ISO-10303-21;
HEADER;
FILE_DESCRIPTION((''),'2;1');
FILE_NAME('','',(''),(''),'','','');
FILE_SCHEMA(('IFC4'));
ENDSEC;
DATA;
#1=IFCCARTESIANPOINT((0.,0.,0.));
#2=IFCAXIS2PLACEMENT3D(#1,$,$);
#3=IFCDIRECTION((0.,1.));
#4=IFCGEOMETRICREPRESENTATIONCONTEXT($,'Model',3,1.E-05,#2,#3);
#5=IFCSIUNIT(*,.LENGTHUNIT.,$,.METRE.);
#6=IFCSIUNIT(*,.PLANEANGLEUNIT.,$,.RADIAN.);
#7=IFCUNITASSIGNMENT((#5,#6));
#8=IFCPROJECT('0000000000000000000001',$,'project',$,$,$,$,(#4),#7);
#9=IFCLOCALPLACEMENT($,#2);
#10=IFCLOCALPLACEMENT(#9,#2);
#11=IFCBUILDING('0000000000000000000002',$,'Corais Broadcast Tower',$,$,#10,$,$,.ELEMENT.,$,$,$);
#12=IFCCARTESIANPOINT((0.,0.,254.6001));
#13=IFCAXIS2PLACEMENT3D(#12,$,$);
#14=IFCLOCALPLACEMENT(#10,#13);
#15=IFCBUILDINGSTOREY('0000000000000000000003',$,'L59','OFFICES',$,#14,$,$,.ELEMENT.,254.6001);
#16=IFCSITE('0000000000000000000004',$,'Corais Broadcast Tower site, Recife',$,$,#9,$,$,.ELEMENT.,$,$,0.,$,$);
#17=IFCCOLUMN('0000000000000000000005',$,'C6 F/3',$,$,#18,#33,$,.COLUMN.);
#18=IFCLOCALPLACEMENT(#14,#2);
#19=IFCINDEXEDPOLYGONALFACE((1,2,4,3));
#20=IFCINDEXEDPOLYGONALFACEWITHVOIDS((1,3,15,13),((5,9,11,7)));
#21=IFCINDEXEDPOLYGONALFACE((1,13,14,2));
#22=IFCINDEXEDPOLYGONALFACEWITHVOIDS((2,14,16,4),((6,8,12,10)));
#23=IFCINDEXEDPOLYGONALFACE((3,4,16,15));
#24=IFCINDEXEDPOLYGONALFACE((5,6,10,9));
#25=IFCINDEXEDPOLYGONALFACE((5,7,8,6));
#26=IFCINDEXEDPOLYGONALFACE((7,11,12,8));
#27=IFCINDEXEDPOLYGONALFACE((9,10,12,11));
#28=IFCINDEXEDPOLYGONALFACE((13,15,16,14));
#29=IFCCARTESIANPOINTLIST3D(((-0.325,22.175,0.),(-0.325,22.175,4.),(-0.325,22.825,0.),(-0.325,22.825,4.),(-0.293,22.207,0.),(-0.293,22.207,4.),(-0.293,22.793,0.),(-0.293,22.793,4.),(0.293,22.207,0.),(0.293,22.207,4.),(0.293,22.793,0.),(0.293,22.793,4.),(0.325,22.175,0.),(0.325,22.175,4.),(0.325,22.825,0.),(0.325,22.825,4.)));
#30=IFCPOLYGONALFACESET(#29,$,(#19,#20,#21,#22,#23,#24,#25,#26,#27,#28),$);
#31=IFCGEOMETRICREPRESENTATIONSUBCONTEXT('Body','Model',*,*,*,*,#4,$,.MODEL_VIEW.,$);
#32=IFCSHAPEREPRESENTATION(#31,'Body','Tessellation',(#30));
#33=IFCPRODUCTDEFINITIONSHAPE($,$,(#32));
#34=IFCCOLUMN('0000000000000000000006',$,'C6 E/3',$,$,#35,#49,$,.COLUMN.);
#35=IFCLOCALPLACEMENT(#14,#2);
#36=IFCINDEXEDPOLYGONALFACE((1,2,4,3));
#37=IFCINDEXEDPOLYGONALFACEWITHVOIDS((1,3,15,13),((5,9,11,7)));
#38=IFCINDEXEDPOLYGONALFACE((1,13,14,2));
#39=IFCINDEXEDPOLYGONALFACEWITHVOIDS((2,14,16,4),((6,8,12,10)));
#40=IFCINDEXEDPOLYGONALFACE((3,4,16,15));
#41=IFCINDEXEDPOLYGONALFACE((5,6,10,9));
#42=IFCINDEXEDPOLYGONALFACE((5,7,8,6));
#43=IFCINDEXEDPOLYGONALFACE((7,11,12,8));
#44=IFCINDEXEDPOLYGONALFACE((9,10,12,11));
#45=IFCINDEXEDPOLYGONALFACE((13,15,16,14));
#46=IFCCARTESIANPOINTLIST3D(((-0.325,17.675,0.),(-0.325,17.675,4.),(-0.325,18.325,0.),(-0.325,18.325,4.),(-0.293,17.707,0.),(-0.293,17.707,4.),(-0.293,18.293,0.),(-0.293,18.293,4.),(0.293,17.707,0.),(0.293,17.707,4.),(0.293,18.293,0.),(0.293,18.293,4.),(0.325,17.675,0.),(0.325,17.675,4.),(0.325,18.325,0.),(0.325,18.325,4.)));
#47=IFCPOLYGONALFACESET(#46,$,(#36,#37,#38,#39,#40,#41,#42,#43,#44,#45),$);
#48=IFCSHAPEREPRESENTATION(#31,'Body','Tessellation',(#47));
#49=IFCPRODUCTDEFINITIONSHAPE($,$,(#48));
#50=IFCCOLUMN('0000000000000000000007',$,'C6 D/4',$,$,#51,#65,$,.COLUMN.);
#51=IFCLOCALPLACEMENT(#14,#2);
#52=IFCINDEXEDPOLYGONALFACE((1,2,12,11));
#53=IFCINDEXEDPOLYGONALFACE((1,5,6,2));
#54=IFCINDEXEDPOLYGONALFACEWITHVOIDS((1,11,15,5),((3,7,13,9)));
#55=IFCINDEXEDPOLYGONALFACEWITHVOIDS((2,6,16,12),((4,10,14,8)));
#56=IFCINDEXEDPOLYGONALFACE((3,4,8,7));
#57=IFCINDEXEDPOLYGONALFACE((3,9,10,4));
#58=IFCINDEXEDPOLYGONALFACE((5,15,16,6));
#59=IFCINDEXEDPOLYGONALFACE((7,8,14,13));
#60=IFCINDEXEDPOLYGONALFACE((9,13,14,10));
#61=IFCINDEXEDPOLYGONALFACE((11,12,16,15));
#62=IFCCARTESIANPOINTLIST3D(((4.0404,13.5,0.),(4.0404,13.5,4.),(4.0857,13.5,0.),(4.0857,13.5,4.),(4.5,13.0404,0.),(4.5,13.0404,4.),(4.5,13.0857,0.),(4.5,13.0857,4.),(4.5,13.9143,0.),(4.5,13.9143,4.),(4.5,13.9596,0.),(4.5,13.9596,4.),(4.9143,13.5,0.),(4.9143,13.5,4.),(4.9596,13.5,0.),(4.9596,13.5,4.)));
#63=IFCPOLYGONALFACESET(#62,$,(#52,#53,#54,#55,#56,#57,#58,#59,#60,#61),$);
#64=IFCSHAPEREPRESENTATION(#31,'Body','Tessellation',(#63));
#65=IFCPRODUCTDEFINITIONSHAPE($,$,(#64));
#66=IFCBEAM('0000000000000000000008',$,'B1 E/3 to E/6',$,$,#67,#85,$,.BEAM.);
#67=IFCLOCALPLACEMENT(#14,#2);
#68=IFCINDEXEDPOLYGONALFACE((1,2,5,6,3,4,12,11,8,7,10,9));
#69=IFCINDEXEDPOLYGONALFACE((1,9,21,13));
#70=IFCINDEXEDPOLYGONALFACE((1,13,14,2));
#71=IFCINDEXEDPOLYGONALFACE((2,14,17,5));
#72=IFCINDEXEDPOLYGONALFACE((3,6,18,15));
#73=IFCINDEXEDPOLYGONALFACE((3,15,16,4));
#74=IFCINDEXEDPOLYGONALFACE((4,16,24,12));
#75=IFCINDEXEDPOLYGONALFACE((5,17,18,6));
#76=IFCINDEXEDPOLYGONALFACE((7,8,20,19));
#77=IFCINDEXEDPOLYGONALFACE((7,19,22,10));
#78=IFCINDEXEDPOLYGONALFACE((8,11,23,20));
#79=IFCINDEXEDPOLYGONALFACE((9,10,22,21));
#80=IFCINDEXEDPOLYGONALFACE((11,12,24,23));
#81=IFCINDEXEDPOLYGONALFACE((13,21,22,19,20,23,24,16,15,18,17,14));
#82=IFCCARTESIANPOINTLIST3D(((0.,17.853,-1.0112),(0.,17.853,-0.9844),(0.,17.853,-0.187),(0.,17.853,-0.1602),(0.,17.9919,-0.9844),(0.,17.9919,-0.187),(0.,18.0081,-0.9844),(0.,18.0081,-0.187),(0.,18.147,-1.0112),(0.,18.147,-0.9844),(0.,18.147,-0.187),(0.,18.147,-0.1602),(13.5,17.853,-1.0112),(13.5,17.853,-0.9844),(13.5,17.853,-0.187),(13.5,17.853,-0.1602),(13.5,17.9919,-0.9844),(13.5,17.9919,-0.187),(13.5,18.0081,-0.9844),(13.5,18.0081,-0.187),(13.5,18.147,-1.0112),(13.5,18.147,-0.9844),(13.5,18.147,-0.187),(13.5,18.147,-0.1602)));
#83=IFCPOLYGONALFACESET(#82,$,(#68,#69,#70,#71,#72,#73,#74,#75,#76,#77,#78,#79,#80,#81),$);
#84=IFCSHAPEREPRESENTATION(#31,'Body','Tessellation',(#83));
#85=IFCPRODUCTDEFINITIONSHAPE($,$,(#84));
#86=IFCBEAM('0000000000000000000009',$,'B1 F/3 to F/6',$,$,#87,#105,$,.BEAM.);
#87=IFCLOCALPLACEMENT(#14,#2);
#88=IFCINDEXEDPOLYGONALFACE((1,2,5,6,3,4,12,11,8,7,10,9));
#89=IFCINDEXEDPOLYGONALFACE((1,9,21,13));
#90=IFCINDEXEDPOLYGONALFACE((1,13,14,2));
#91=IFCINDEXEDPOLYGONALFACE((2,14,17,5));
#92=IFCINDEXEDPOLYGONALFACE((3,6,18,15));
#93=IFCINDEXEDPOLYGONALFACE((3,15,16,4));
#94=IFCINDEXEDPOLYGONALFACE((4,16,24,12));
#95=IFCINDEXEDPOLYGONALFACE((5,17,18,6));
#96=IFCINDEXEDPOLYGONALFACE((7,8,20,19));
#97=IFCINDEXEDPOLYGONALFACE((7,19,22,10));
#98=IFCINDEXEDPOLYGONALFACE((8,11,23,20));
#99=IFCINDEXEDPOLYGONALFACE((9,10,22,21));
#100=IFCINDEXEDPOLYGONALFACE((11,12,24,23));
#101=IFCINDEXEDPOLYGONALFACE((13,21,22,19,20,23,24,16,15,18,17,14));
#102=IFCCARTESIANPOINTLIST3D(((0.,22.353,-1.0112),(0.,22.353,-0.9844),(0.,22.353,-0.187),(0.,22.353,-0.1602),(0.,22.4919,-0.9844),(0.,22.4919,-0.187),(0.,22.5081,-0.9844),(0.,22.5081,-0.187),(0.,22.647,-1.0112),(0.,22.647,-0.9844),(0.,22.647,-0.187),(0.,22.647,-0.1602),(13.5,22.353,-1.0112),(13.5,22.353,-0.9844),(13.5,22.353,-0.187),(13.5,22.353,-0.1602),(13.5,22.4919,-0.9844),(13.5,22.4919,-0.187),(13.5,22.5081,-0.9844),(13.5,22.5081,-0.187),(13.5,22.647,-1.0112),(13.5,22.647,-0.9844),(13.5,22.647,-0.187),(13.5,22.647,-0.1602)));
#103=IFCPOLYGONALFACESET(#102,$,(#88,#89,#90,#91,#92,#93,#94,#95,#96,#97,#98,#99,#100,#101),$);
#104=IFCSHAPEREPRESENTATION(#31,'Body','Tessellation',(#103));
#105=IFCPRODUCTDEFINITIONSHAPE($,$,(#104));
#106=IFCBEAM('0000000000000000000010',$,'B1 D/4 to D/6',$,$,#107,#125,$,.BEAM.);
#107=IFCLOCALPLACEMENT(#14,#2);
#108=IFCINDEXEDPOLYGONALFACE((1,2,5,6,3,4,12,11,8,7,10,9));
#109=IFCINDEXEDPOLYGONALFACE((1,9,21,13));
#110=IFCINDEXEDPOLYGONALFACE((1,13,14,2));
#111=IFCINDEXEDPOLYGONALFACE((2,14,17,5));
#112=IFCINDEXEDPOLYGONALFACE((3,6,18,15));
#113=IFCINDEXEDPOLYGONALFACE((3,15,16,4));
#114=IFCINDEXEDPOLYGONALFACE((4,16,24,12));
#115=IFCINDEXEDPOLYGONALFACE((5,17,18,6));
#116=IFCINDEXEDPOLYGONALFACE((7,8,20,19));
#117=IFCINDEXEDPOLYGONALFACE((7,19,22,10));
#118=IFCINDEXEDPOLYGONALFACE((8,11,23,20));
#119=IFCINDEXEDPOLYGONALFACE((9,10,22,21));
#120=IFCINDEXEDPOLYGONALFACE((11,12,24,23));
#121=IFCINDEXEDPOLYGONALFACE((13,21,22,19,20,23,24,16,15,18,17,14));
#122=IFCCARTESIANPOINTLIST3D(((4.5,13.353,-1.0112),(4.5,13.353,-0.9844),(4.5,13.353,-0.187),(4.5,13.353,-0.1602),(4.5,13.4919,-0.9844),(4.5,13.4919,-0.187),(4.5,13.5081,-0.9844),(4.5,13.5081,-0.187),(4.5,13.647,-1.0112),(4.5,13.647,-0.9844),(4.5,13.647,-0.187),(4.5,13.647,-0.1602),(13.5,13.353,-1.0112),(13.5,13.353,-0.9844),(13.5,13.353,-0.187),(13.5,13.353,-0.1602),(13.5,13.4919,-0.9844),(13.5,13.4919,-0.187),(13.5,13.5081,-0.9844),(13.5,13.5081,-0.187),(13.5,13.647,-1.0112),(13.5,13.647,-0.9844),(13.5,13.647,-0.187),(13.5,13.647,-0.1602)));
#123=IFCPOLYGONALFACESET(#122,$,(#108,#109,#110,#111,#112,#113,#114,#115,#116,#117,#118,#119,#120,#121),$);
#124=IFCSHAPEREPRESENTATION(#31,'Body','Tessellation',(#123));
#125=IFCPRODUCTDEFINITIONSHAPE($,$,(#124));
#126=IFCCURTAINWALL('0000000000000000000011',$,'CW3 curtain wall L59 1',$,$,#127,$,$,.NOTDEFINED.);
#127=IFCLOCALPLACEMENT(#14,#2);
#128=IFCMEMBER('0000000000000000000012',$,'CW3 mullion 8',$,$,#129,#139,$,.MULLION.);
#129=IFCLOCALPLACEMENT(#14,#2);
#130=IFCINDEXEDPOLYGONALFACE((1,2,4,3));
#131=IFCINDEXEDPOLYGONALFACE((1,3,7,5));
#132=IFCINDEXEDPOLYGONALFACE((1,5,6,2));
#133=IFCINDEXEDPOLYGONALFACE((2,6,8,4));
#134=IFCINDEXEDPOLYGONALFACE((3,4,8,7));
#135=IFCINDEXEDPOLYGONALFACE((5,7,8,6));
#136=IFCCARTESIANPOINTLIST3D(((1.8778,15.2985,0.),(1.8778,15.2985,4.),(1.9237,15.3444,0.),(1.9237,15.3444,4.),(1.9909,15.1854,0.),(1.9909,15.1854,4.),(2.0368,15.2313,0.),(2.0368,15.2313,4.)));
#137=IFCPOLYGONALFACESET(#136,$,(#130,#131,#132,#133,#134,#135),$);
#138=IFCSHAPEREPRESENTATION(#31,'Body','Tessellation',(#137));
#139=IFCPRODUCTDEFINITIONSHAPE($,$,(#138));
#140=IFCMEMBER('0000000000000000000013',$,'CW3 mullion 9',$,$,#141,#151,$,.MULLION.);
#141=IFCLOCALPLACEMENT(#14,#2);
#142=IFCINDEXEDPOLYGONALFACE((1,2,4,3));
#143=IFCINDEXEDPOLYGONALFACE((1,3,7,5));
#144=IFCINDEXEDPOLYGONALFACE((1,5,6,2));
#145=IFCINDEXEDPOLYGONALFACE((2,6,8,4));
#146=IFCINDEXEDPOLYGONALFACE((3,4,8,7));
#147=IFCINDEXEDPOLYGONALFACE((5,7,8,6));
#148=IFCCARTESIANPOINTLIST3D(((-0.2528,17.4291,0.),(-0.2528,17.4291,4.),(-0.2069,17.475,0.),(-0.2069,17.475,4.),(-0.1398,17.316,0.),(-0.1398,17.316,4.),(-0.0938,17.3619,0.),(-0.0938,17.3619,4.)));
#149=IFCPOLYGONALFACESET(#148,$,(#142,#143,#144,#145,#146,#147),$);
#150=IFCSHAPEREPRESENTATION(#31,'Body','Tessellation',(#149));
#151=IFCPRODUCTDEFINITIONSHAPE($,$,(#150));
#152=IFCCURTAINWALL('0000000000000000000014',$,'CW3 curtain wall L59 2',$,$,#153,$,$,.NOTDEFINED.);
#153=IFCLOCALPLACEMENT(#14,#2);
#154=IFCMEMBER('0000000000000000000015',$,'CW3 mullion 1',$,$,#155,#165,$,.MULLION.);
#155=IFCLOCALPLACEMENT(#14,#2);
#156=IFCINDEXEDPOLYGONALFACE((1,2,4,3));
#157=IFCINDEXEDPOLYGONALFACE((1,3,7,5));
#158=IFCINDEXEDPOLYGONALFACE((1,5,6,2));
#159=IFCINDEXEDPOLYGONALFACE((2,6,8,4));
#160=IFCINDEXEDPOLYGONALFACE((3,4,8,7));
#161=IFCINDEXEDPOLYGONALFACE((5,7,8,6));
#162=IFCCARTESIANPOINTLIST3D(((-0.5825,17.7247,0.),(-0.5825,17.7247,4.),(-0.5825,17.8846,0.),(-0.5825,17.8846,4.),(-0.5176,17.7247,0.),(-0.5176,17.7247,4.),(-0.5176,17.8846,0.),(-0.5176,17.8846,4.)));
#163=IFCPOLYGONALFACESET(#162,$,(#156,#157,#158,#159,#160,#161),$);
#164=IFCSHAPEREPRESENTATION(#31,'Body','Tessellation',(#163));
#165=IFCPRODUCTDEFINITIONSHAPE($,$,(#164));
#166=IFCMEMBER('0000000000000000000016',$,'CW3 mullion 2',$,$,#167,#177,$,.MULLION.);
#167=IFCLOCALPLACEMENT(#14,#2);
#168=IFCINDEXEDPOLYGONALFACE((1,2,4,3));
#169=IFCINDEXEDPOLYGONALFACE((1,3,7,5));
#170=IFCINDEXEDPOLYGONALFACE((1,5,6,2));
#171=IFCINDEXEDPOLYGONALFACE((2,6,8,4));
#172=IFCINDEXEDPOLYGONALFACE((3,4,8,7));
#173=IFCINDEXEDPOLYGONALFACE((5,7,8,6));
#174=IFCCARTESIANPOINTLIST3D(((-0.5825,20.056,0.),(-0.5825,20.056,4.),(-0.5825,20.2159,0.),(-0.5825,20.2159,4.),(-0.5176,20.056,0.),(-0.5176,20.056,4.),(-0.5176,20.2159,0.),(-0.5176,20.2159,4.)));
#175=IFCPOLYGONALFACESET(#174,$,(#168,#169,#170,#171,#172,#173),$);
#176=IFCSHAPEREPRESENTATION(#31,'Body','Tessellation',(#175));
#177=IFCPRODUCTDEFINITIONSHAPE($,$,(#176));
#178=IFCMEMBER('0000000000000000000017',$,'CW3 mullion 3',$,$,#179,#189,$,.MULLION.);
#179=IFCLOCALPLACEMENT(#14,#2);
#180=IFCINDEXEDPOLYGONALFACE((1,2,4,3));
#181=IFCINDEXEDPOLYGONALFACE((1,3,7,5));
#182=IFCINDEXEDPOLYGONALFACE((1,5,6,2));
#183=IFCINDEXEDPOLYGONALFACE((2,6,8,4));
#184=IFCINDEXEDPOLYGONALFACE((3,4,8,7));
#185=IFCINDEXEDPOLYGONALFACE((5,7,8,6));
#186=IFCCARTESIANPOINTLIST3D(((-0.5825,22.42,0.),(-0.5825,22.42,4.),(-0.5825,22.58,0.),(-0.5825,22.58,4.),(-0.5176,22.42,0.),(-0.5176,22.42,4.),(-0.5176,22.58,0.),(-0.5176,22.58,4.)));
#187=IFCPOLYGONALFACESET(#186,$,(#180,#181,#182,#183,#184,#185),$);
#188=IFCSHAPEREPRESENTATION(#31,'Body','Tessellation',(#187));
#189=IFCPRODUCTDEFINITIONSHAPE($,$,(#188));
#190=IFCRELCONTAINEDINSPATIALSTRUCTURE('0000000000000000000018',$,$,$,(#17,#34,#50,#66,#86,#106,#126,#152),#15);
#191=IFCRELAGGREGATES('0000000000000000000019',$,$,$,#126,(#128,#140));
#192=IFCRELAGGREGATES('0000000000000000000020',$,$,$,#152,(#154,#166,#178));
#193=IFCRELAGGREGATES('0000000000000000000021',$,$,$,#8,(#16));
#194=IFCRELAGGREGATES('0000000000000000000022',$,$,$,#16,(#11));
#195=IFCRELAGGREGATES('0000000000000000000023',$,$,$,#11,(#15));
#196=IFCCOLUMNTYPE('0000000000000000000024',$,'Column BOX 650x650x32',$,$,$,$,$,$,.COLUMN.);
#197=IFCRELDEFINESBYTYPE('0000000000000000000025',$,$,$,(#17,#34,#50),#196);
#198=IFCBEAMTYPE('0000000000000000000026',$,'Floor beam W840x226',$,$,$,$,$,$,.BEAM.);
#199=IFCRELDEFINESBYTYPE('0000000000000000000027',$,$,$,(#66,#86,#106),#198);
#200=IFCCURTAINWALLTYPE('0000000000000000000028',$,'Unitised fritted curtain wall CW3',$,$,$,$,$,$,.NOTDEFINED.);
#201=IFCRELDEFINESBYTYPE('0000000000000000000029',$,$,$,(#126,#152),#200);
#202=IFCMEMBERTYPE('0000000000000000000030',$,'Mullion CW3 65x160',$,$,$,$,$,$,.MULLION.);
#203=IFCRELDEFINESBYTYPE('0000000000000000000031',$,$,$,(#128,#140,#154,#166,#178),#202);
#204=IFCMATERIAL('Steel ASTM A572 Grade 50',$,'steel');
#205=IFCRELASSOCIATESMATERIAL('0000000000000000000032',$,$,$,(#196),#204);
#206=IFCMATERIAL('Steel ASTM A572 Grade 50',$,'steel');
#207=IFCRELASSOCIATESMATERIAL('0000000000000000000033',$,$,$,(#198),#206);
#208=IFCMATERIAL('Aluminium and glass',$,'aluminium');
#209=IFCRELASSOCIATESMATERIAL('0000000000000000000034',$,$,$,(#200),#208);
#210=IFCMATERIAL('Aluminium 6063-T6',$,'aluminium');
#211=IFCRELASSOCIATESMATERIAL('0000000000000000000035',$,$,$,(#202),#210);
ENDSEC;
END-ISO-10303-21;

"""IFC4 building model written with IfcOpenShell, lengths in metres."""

from ifc_helpers import new_model, si_unit, direction, frame, origin, origin_2d, place, context, subcontext, project, spatial, rectangle, hollow_rectangle, i_section, extrude, material, material_profile, profile_set, type_object, element, aggregate, save


model = new_model("IFC4")

# Units and contexts
model_context = context("Model", 3, precision=1e-05, world=origin(), true_north=direction((0.0, 1.0)))
body_context = subcontext(model_context, "Body", "Model", "MODEL_VIEW")
ifc_project = project(units=[si_unit("LENGTHUNIT", "METRE"), si_unit("PLANEANGLEUNIT", "RADIAN")], contexts=[model_context])

# Site, building, storey
site_placement = place(None, origin())
site = spatial("IfcSite", under=ifc_project, at=site_placement, Name="Corais Broadcast Tower site, Recife", CompositionType="ELEMENT", RefElevation=0.0)
building_placement = place(site_placement, origin())
building = spatial("IfcBuilding", under=site, at=building_placement, Name="Corais Broadcast Tower", CompositionType="ELEMENT")
storey_placement = place(building_placement, frame((0.0, 0.0, 254.6001)))
storey = spatial("IfcBuildingStorey", under=building, at=storey_placement, Name="L59", Description="OFFICES", CompositionType="ELEMENT", Elevation=254.6001)

# Columns
ifc_material_1 = material(Name="Steel ASTM A572 Grade 50", Category="steel")
ifc_material_profile_1 = material_profile(ifc_material_1, hollow_rectangle(XDim=0.6499, YDim=0.6499, WallThickness=0.032, at=origin_2d()), Name="BOX 650x650x32")
ifc_profile_set_1 = profile_set([ifc_material_profile_1], Name="Steel ASTM A572 Grade 50")
column_type = type_object("IfcColumnType", Name="Column BOX 650x650x32", PredefinedType="COLUMN", material=ifc_profile_set_1)
for number, where, z_axis, x_axis, name in (
    (1, (0.0, 22.5, 0.0), (0.0, 0.0, 1.0), (1.0, 0.0, 0.0), "C6 F/3"),
    (2, (0.0, 18.0, 0.0), (0.0, 0.0, 1.0), (1.0, 0.0, 0.0), "C6 E/3"),
    (3, (4.5, 13.5, 0.0), (0.0, 0.0, 1.0), (0.707107, 0.707107, 0.0), "C6 D/4"),
):
    element("IfcColumn", number, at=place(storey_placement, frame(where, z_axis=z_axis, x_axis=x_axis)), inside=storey, type_object=column_type, Name=name, PredefinedType="COLUMN", context=body_context, shape_type="SweptSolid", body=[
        extrude(hollow_rectangle(XDim=0.6499, YDim=0.6499, WallThickness=0.032, at=origin_2d()), origin(), (0.0, 0.0, 1.0), 4.0),
    ])

# Beams
ifc_material_2 = material(Name="Steel ASTM A572 Grade 50", Category="steel")
ifc_material_profile_2 = material_profile(ifc_material_2, i_section(OverallWidth=0.2939, OverallDepth=0.8511, WebThickness=0.0161, FlangeThickness=0.0269, at=origin_2d()), Name="W840x226")
ifc_profile_set_2 = profile_set([ifc_material_profile_2], Name="Steel ASTM A572 Grade 50")
beam_type_1 = type_object("IfcBeamType", Name="Floor beam W840x226", PredefinedType="BEAM", material=ifc_profile_set_2)
for number, where, z_axis, x_axis, name in (
    (4, (0.0, 18.0, -0.5857), (1.0, 0.0, 0.0), (0.0, 1.0, 0.0), "B1 E/3 to E/6"),
    (5, (0.0, 22.5, -0.5857), (1.0, 0.0, 0.0), (0.0, 1.0, 0.0), "B1 F/3 to F/6"),
):
    element("IfcBeam", number, at=place(storey_placement, frame(where, z_axis=z_axis, x_axis=x_axis)), inside=storey, type_object=beam_type_1, Name=name, PredefinedType="BEAM", context=body_context, shape_type="SweptSolid", body=[
        extrude(i_section(OverallWidth=0.2939, OverallDepth=0.8511, WebThickness=0.0161, FlangeThickness=0.0269, at=origin_2d()), origin(), (0.0, 0.0, 1.0), 13.5),
    ])
beam_1_placement = place(storey_placement, frame((4.5, 13.5, -0.5857), z_axis=(1.0, 0.0, 0.0), x_axis=(0.0, 1.0, 0.0)))
element("IfcBeam", 6, at=beam_1_placement, inside=storey, type_object=beam_type_1, Name="B1 D/4 to D/6", PredefinedType="BEAM", context=body_context, shape_type="SweptSolid", body=[
    extrude(i_section(OverallWidth=0.2939, OverallDepth=0.8511, WebThickness=0.0161, FlangeThickness=0.0269, at=origin_2d()), origin(), (0.0, 0.0, 1.0), 9.0),
])

# Curtain walls, members
ifc_material_3 = material(Name="Aluminium and glass", Category="aluminium")
curtain_wall_type = type_object("IfcCurtainWallType", Name="Unitised fritted curtain wall CW3", PredefinedType="NOTDEFINED", material=ifc_material_3)
curtain_wall_1_placement = place(storey_placement, origin())
curtain_wall_1 = element("IfcCurtainWall", 7, at=curtain_wall_1_placement, inside=storey, type_object=curtain_wall_type, Name="CW3 curtain wall L59 1", PredefinedType="NOTDEFINED")
ifc_material_4 = material(Name="Aluminium 6063-T6", Category="aluminium")
ifc_material_profile_3 = material_profile(ifc_material_4, rectangle(XDim=0.0649, YDim=0.1599, at=origin_2d()), Name="Mullion CW3 65x160")
ifc_profile_set_3 = profile_set([ifc_material_profile_3], Name="Aluminium 6063-T6")
member_type_1 = type_object("IfcMemberType", Name="Mullion CW3 65x160", PredefinedType="MULLION", material=ifc_profile_set_3)
member_1_placement = place(storey_placement, frame((1.9573, 15.2649, 0.0), z_axis=(0.0, 0.0, 1.0), x_axis=(-0.707107, -0.707107, 0.0)))
member_1 = element("IfcMember", 8, at=member_1_placement, type_object=member_type_1, Name="CW3 mullion 8", PredefinedType="MULLION", context=body_context, shape_type="SweptSolid", body=[
    extrude(rectangle(XDim=0.0649, YDim=0.1599, at=origin_2d()), origin(), (0.0, 0.0, 1.0), 4.0),
])
member_2_placement = place(storey_placement, frame((-0.1733, 17.3955, 0.0), z_axis=(0.0, 0.0, 1.0), x_axis=(-0.707107, -0.707107, 0.0)))
member_2 = element("IfcMember", 9, at=member_2_placement, type_object=member_type_1, Name="CW3 mullion 9", PredefinedType="MULLION", context=body_context, shape_type="SweptSolid", body=[
    extrude(rectangle(XDim=0.0649, YDim=0.1599, at=origin_2d()), origin(), (0.0, 0.0, 1.0), 4.0),
])
curtain_wall_2_placement = place(storey_placement, origin())
curtain_wall_2 = element("IfcCurtainWall", 10, at=curtain_wall_2_placement, inside=storey, type_object=curtain_wall_type, Name="CW3 curtain wall L59 2", PredefinedType="NOTDEFINED")
member_3_placement = place(storey_placement, frame((-0.55, 17.8047, 0.0), z_axis=(0.0, 0.0, 1.0), x_axis=(-1.0, 0.0, 0.0)))
member_3 = element("IfcMember", 11, at=member_3_placement, type_object=member_type_1, Name="CW3 mullion 1", PredefinedType="MULLION", context=body_context, shape_type="SweptSolid", body=[
    extrude(rectangle(XDim=0.0649, YDim=0.1599, at=origin_2d()), origin(), (0.0, 0.0, 1.0), 4.0),
])
member_4_placement = place(storey_placement, frame((-0.55, 20.136, 0.0), z_axis=(0.0, 0.0, 1.0), x_axis=(-1.0, 0.0, 0.0)))
member_4 = element("IfcMember", 12, at=member_4_placement, type_object=member_type_1, Name="CW3 mullion 2", PredefinedType="MULLION", context=body_context, shape_type="SweptSolid", body=[
    extrude(rectangle(XDim=0.0649, YDim=0.1599, at=origin_2d()), origin(), (0.0, 0.0, 1.0), 4.0),
])
member_5_placement = place(storey_placement, frame((-0.55, 22.5, 0.0), z_axis=(0.0, 0.0, 1.0), x_axis=(-1.0, 0.0, 0.0)))
member_5 = element("IfcMember", 13, at=member_5_placement, type_object=member_type_1, Name="CW3 mullion 3", PredefinedType="MULLION", context=body_context, shape_type="SweptSolid", body=[
    extrude(rectangle(XDim=0.0649, YDim=0.1599, at=origin_2d()), origin(), (0.0, 0.0, 1.0), 4.0),
])

aggregate(curtain_wall_1, [member_1, member_2])
aggregate(curtain_wall_2, [member_3, member_4, member_5])

save(model, "model.ifc")
